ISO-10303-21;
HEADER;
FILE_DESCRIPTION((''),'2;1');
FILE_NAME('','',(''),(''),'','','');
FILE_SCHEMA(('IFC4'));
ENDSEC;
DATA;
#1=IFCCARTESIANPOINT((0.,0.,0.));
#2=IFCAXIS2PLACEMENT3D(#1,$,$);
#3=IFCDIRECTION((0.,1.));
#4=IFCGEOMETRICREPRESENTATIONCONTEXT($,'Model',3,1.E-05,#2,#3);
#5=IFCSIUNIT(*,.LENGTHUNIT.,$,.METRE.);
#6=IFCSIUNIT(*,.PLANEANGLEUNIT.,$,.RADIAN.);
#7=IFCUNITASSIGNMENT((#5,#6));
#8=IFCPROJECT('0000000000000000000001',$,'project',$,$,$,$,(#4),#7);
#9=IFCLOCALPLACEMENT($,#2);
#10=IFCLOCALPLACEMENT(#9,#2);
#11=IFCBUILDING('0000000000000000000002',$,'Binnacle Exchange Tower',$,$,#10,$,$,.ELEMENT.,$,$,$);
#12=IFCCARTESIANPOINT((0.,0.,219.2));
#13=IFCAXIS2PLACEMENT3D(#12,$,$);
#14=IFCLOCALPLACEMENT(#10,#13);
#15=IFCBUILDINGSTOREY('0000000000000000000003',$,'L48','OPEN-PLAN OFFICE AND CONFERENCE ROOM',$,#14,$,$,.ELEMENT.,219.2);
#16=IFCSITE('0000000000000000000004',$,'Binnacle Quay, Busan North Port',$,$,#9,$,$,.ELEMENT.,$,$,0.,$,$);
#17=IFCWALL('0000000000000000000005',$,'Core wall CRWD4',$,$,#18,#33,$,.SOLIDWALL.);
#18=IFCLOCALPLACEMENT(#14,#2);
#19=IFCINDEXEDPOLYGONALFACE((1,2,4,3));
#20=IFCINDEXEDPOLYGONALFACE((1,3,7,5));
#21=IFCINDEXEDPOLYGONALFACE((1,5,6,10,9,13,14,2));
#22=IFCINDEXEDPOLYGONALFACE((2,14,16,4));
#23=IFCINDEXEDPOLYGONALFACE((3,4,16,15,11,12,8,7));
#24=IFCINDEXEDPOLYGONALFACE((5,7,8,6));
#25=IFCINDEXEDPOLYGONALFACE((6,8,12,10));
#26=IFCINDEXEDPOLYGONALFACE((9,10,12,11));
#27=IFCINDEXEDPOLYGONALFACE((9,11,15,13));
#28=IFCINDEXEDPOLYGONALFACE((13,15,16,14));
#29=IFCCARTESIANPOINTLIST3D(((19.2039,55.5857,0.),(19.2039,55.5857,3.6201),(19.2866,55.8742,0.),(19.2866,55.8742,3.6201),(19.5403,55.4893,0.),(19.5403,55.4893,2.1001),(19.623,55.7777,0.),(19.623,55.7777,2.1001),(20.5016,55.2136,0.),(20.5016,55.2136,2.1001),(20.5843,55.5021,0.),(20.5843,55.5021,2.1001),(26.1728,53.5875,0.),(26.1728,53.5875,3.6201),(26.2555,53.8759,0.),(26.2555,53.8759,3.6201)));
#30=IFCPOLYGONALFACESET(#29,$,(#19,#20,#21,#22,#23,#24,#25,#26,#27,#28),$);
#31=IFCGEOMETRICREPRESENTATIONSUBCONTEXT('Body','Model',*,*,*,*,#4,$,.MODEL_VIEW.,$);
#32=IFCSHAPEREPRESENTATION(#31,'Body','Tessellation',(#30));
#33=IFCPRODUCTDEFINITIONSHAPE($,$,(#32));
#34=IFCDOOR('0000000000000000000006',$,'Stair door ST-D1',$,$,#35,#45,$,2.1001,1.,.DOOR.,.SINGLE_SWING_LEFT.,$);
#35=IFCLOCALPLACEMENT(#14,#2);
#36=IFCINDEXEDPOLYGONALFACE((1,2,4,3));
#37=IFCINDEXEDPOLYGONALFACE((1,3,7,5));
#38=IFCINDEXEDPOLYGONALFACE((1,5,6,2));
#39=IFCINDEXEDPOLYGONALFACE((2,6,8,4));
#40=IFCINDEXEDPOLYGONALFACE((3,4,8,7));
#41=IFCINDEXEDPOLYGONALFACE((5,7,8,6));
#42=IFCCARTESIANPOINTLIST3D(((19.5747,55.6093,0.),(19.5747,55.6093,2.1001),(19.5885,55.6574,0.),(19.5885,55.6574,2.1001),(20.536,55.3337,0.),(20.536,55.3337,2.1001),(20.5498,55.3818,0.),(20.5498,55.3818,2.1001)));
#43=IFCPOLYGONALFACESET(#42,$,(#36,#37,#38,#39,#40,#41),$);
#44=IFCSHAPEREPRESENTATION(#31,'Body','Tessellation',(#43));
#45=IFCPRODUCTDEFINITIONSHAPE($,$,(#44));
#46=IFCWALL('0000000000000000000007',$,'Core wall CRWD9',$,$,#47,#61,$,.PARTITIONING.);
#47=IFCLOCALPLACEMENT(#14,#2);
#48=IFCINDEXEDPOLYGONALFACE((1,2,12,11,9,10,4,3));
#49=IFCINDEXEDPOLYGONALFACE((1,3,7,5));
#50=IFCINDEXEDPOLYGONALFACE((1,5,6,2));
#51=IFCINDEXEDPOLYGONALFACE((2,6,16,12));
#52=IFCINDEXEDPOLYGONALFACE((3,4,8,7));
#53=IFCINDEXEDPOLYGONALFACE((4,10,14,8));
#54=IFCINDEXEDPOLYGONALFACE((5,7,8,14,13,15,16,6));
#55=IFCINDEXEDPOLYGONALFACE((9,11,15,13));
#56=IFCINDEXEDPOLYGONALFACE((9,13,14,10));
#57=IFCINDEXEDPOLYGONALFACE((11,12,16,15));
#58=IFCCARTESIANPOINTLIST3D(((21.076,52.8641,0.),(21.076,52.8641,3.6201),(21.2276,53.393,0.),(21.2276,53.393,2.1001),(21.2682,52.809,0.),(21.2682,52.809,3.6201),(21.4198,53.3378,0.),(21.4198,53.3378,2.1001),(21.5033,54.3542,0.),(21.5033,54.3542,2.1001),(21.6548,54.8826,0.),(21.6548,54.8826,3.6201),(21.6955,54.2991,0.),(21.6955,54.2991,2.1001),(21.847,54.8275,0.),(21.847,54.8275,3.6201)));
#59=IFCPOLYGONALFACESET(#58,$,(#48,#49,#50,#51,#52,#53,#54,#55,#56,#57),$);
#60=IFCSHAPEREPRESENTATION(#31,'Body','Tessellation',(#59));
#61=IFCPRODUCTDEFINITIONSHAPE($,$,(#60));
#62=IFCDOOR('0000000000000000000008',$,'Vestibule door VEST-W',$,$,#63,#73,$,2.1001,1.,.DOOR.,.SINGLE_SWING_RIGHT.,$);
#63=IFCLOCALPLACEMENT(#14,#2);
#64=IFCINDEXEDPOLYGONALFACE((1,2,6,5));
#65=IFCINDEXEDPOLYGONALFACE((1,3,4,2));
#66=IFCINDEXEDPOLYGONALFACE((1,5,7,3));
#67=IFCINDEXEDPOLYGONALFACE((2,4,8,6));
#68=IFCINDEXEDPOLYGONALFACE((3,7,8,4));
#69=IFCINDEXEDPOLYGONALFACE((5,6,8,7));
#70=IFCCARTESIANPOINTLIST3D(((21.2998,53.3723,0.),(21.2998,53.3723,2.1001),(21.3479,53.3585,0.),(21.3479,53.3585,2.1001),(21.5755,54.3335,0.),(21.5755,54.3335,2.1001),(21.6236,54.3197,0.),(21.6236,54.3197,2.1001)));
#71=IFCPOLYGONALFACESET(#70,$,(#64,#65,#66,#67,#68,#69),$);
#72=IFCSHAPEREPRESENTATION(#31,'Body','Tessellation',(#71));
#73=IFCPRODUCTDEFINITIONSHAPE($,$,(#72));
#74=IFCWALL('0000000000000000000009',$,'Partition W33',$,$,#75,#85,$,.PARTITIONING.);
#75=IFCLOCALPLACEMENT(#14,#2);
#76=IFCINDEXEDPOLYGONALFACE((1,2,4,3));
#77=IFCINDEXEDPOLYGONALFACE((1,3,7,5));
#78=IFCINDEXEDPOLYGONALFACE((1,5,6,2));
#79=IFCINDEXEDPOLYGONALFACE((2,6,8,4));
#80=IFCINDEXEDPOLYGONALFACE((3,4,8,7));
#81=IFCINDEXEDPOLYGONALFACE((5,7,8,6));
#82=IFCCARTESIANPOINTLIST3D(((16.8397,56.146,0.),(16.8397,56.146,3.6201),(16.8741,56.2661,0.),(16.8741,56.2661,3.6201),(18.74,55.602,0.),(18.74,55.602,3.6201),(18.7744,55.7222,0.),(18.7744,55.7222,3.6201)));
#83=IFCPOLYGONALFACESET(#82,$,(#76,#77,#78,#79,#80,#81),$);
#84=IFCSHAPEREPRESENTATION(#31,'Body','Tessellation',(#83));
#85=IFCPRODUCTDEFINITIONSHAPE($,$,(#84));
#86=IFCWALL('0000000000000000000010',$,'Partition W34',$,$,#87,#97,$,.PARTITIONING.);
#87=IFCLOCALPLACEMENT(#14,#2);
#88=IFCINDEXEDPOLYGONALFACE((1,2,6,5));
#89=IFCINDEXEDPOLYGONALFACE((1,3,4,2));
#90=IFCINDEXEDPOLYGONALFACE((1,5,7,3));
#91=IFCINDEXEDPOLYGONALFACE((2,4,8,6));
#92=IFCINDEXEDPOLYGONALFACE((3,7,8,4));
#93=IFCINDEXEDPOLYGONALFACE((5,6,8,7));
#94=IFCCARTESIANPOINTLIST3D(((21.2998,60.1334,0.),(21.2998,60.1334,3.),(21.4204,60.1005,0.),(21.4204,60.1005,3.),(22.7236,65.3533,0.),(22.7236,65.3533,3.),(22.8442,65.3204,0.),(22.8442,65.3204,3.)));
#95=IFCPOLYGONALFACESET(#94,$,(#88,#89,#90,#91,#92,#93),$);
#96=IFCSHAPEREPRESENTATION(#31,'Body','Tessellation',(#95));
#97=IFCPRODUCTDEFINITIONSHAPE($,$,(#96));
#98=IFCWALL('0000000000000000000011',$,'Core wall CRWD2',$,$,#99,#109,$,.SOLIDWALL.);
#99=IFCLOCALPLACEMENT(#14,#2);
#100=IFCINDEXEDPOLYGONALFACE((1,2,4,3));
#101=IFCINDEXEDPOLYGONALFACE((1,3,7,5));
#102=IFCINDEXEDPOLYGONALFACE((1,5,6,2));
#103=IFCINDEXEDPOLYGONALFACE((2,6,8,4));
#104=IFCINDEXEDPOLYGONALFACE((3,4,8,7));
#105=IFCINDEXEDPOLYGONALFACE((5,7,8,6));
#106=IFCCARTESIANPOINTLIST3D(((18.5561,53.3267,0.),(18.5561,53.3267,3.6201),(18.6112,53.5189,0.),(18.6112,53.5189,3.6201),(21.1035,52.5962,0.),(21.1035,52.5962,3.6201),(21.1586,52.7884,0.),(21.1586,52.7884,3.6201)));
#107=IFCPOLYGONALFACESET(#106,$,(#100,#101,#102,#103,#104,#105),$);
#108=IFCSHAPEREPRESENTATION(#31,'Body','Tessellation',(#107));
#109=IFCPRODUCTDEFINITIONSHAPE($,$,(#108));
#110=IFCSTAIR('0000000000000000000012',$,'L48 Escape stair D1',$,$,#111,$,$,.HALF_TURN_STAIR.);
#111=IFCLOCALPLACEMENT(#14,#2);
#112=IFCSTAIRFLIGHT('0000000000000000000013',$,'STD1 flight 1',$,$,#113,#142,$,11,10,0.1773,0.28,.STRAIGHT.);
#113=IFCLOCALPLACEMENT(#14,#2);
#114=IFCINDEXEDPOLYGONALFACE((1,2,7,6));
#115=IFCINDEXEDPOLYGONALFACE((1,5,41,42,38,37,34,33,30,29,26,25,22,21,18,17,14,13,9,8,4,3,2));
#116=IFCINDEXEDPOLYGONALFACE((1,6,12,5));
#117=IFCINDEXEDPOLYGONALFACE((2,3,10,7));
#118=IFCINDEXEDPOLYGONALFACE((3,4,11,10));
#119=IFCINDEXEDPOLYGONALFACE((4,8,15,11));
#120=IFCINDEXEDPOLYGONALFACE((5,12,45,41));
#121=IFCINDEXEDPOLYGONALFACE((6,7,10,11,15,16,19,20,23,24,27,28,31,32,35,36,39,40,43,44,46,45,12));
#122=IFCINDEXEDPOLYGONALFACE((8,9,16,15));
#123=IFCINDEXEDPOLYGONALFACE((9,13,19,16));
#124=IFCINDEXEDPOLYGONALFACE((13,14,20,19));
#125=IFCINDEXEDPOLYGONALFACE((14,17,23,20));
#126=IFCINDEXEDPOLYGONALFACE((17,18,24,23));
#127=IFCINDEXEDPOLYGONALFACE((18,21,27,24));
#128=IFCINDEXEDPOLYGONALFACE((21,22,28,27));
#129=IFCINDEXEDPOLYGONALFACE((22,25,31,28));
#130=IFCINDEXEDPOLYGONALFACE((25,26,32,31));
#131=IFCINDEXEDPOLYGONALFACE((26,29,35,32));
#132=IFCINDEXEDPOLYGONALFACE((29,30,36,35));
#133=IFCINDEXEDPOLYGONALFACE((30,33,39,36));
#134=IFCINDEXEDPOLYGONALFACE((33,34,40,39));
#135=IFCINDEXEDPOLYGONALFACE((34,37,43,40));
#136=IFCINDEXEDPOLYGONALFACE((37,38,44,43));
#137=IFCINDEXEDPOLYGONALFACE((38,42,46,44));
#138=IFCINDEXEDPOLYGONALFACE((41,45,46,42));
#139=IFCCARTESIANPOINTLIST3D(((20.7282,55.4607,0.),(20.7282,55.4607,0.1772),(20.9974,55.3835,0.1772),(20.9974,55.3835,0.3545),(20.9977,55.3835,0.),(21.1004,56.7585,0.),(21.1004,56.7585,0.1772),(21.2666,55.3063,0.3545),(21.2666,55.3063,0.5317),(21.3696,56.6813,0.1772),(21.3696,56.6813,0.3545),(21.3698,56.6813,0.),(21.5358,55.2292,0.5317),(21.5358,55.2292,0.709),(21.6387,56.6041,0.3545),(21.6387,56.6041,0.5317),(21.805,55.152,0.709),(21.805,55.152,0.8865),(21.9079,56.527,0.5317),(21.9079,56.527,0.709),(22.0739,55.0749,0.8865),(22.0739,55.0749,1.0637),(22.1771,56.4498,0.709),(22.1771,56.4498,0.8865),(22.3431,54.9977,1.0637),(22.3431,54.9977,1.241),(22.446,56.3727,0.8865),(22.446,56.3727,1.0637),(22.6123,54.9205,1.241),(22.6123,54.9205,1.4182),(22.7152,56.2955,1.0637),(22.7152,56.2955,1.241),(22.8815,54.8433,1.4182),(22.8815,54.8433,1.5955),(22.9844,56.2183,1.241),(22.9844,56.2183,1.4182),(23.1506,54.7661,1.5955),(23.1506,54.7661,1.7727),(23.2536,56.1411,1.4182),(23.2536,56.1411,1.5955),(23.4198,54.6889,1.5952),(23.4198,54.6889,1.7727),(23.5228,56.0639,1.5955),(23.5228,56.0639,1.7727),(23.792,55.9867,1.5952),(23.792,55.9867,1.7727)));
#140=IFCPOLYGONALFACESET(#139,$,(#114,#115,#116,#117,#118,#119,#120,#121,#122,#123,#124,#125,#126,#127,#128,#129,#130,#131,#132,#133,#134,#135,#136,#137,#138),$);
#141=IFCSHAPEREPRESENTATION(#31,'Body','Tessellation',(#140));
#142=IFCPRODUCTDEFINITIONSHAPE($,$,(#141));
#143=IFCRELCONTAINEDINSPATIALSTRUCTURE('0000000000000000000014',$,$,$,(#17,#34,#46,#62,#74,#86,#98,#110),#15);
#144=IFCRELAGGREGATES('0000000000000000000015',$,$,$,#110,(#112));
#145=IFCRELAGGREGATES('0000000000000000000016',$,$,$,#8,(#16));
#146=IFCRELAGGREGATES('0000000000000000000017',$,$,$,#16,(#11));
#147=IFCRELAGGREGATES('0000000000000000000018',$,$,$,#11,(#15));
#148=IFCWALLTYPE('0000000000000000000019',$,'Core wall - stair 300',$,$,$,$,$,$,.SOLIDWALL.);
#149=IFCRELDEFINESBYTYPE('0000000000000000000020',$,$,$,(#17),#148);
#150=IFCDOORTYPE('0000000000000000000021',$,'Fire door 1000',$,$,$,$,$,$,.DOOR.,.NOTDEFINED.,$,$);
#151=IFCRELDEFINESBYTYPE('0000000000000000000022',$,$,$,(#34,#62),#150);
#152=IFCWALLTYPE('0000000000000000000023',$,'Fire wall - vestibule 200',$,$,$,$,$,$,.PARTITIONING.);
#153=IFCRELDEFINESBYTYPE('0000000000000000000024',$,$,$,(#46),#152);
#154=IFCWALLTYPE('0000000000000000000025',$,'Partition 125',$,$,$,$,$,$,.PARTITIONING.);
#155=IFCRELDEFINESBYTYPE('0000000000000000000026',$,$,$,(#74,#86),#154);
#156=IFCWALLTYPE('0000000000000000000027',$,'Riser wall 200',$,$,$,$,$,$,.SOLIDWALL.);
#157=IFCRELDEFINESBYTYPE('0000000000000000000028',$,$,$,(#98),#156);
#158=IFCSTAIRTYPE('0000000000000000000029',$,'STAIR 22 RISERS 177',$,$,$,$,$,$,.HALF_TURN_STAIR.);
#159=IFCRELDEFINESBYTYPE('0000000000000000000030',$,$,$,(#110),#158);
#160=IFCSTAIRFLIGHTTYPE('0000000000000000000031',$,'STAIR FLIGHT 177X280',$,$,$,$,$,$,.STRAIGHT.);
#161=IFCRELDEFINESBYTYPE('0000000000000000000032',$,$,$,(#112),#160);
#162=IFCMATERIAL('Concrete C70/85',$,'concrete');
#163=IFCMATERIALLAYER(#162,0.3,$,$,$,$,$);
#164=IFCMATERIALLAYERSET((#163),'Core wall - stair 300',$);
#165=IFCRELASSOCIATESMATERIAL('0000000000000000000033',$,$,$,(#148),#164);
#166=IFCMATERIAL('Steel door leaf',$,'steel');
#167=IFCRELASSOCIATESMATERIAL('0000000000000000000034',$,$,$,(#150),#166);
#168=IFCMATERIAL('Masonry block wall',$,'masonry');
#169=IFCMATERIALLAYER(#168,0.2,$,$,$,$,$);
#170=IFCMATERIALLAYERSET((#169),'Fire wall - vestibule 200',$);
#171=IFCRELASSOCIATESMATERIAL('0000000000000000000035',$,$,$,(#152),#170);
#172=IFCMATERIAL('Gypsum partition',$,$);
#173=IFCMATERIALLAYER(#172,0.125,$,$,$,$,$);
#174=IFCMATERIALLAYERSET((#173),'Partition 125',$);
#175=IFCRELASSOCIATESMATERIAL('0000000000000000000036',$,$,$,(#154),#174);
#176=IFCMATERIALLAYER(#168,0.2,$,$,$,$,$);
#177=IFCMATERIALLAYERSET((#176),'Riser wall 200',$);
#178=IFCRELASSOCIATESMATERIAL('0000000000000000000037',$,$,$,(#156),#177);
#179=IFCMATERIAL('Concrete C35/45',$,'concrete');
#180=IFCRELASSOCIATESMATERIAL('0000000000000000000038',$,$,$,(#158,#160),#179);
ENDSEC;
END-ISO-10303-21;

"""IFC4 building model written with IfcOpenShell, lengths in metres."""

from ifc_helpers import new_model, si_unit, direction, frame, frame_2d, origin, place, context, subcontext, project, spatial, polyline, rectangle, outline, extrude, material, layer, layer_set, type_object, element, fill, aggregate, save


model = new_model("IFC4")

# Units and contexts
model_context = context("Model", 3, precision=1e-05, world=origin(), true_north=direction((0.0, 1.0)))
body_context = subcontext(model_context, "Body", "Model", "MODEL_VIEW")
ifc_project = project(units=[si_unit("LENGTHUNIT", "METRE"), si_unit("PLANEANGLEUNIT", "RADIAN")], contexts=[model_context])

# Site, building, storey
site_placement = place(None, origin())
site = spatial("IfcSite", under=ifc_project, at=site_placement, Name="Binnacle Quay, Busan North Port", CompositionType="ELEMENT", RefElevation=0.0)
building_placement = place(site_placement, origin())
building = spatial("IfcBuilding", under=site, at=building_placement, Name="Binnacle Exchange Tower", CompositionType="ELEMENT")
storey_placement = place(building_placement, frame((0.0, 0.0, 219.2)))
storey = spatial("IfcBuildingStorey", under=building, at=storey_placement, Name="L48", Description="OPEN-PLAN OFFICE AND CONFERENCE ROOM", CompositionType="ELEMENT", Elevation=219.2)

# Shared definitions
ifc_material_1 = material(Name="Concrete C70/85", Category="concrete")
ifc_material_2 = material(Name="Steel door leaf", Category="steel")

# Walls, openings, doors
ifc_layer_1 = layer(ifc_material_1, 0.3)
ifc_layer_set_1 = layer_set([ifc_layer_1], Name="Core wall - stair 300")
wall_type_1 = type_object("IfcWallType", Name="Core wall - stair 300", PredefinedType="SOLIDWALL", material=ifc_layer_set_1)
wall_1_placement = place(storey_placement, frame((19.2451, 55.73, 0.0), z_axis=(0.0, 0.0, 1.0), x_axis=(0.961263, -0.275633, 0.0)))
wall_1 = element("IfcWall", 1, at=wall_1_placement, inside=storey, type_object=wall_type_1, Name="Core wall CRWD4", PredefinedType="SOLIDWALL", context=body_context, shape_type="SweptSolid", body=[
    extrude(rectangle(XDim=7.2498, YDim=0.3, at=frame_2d((3.625, 0.0))), origin(), (0.0, 0.0, 1.0), 3.6201),
])
opening_1_placement = place(wall_1_placement, frame((0.3501, 0.0, 0.0)))
opening_1 = element("IfcOpeningElement", 2, at=opening_1_placement, cuts=wall_1, PredefinedType="OPENING", context=body_context, shape_type="SweptSolid", body=[
    extrude(rectangle(XDim=1.0, YDim=2.1001, at=frame_2d((0.5, 1.05))), frame((0.0, 0.1599, 0.0), z_axis=(0.0, -1.0, 0.0), x_axis=(1.0, 0.0, 0.0)), (0.0, 0.0, 1.0), 0.3201),
])
door_type_1 = type_object("IfcDoorType", Name="Fire door 1000", OperationType="NOTDEFINED", PredefinedType="DOOR", material=ifc_material_2)
door_1_placement = place(opening_1_placement, origin())
door_1 = element("IfcDoor", 3, at=door_1_placement, inside=storey, type_object=door_type_1, Name="Stair door ST-D1", OperationType="SINGLE_SWING_LEFT", OverallHeight=2.1001, OverallWidth=1.0, PredefinedType="DOOR", context=body_context, shape_type="SweptSolid", body=[
    extrude(rectangle(XDim=1.0, YDim=2.1001, at=frame_2d((0.5, 1.05))), frame((0.0, 0.0249, 0.0), z_axis=(0.0, -1.0, 0.0), x_axis=(1.0, 0.0, 0.0)), (0.0, 0.0, 1.0), 0.05),
])
fill(opening_1, door_1)
ifc_material_3 = material(Name="Masonry block wall", Category="masonry")
ifc_layer_2 = layer(ifc_material_3, 0.2)
ifc_layer_set_2 = layer_set([ifc_layer_2], Name="Fire wall - vestibule 200")
wall_type_2 = type_object("IfcWallType", Name="Fire wall - vestibule 200", PredefinedType="PARTITIONING", material=ifc_layer_set_2)
wall_2_placement = place(storey_placement, frame((21.1721, 52.8367, 0.0), z_axis=(0.0, 0.0, 1.0), x_axis=(0.275658, 0.961256, 0.0)))
wall_2 = element("IfcWall", 4, at=wall_2_placement, inside=storey, type_object=wall_type_2, Name="Core wall CRWD9", PredefinedType="PARTITIONING", context=body_context, shape_type="SweptSolid", body=[
    extrude(rectangle(XDim=2.0999, YDim=0.2, at=frame_2d((1.0498, 0.0))), origin(), (0.0, 0.0, 1.0), 3.6201),
])
opening_2_placement = place(wall_2_placement, frame((0.55, 0.0, 0.0)))
opening_2 = element("IfcOpeningElement", 5, at=opening_2_placement, cuts=wall_2, PredefinedType="OPENING", context=body_context, shape_type="SweptSolid", body=[
    extrude(rectangle(XDim=1.0, YDim=2.1001, at=frame_2d((0.5, 1.05))), frame((0.0, 0.1099, 0.0), z_axis=(0.0, -1.0, 0.0), x_axis=(1.0, 0.0, 0.0)), (0.0, 0.0, 1.0), 0.22),
])
door_2_placement = place(opening_2_placement, origin())
door_2 = element("IfcDoor", 6, at=door_2_placement, inside=storey, type_object=door_type_1, Name="Vestibule door VEST-W", OperationType="SINGLE_SWING_RIGHT", OverallHeight=2.1001, OverallWidth=1.0, PredefinedType="DOOR", context=body_context, shape_type="SweptSolid", body=[
    extrude(rectangle(XDim=1.0, YDim=2.1001, at=frame_2d((0.5, 1.05))), frame((0.0, 0.0249, 0.0), z_axis=(0.0, -1.0, 0.0), x_axis=(1.0, 0.0, 0.0)), (0.0, 0.0, 1.0), 0.05),
])
fill(opening_2, door_2)

# Walls
ifc_material_4 = material(Name="Gypsum partition")
ifc_layer_3 = layer(ifc_material_4, 0.125)
ifc_layer_set_3 = layer_set([ifc_layer_3], Name="Partition 125")
wall_type_3 = type_object("IfcWallType", Name="Partition 125", PredefinedType="PARTITIONING", material=ifc_layer_set_3)
wall_3_placement = place(storey_placement, frame((16.8569, 56.2061, 0.0), z_axis=(0.0, 0.0, 1.0), x_axis=(0.961384, -0.275211, 0.0)))
element("IfcWall", 7, at=wall_3_placement, inside=storey, type_object=wall_type_3, Name="Partition W33", PredefinedType="PARTITIONING", context=body_context, shape_type="SweptSolid", body=[
    extrude(rectangle(XDim=1.9766, YDim=0.125, at=frame_2d((0.9883, 0.0))), origin(), (0.0, 0.0, 1.0), 3.6201),
])
wall_4_placement = place(storey_placement, frame((21.3601, 60.1169, 0.0), z_axis=(0.0, 0.0, 1.0), x_axis=(0.263152, 0.964754, 0.0)))
element("IfcWall", 8, at=wall_4_placement, inside=storey, type_object=wall_type_3, Name="Partition W34", PredefinedType="PARTITIONING", context=body_context, shape_type="SweptSolid", body=[
    extrude(rectangle(XDim=5.4106, YDim=0.125, at=frame_2d((2.7053, 0.0))), origin(), (0.0, 0.0, 1.0), 3.0),
])
ifc_layer_4 = layer(ifc_material_3, 0.2)
ifc_layer_set_4 = layer_set([ifc_layer_4], Name="Riser wall 200")
wall_type_4 = type_object("IfcWallType", Name="Riser wall 200", PredefinedType="SOLIDWALL", material=ifc_layer_set_4)
wall_5_placement = place(storey_placement, frame((18.5835, 53.4229, 0.0), z_axis=(0.0, 0.0, 1.0), x_axis=(0.961259, -0.275646, 0.0)))
element("IfcWall", 9, at=wall_5_placement, inside=storey, type_object=wall_type_4, Name="Core wall CRWD2", PredefinedType="SOLIDWALL", context=body_context, shape_type="SweptSolid", body=[
    extrude(rectangle(XDim=2.6501, YDim=0.2, at=frame_2d((1.3252, 0.0))), origin(), (0.0, 0.0, 1.0), 3.6201),
])

# Stair, stair flight
ifc_material_5 = material(Name="Concrete C35/45", Category="concrete")
stair_type = type_object("IfcStairType", Name="STAIR 22 RISERS 177", PredefinedType="HALF_TURN_STAIR", material=ifc_material_5)
stair_placement = place(storey_placement, origin())
stair = element("IfcStair", 10, at=stair_placement, inside=storey, type_object=stair_type, Name="L48 Escape stair D1", PredefinedType="HALF_TURN_STAIR")
stair_flight_type = type_object("IfcStairFlightType", Name="STAIR FLIGHT 177X280", PredefinedType="STRAIGHT", material=ifc_material_5)
stair_flight_placement = place(storey_placement, frame((20.9143, 56.1096, 0.0), z_axis=(0.0, 0.0, 1.0), x_axis=(0.961262, -0.275637, 0.0)))
stair_flight = element("IfcStairFlight", 11, at=stair_flight_placement, type_object=stair_flight_type, Name="STD1 flight 1", NumberOfRisers=11, NumberOfTreads=10, PredefinedType="STRAIGHT", RiserHeight=0.1773, TreadLength=0.28, context=body_context, shape_type="SweptSolid", body=[
    extrude(outline(polyline([(0.0, 0.0), (0.0, 0.1772), (0.28, 0.1772), (0.28, 0.3545), (0.5601, 0.3545), (0.5601, 0.5317), (0.8401, 0.5317), (0.8401, 0.709), (1.1201, 0.709), (1.1201, 0.8865), (1.3999, 0.8865), (1.3999, 1.0637), (1.6799, 1.0637), (1.6799, 1.241), (1.96, 1.241), (1.96, 1.4182), (2.24, 1.4182), (2.24, 1.5955), (2.52, 1.5955), (2.52, 1.7727), (2.8, 1.7727), (2.8, 1.95), (2.8, 1.5952), (0.2803, 0.0), (0.0, 0.0)])), frame((0.0, 0.675, 0.0), z_axis=(0.0, -1.0, 0.0), x_axis=(1.0, 0.0, 0.0)), (0.0, 0.0, 1.0), 1.3501),
])
aggregate(stair, [stair_flight])

save(model, "model.ifc")
